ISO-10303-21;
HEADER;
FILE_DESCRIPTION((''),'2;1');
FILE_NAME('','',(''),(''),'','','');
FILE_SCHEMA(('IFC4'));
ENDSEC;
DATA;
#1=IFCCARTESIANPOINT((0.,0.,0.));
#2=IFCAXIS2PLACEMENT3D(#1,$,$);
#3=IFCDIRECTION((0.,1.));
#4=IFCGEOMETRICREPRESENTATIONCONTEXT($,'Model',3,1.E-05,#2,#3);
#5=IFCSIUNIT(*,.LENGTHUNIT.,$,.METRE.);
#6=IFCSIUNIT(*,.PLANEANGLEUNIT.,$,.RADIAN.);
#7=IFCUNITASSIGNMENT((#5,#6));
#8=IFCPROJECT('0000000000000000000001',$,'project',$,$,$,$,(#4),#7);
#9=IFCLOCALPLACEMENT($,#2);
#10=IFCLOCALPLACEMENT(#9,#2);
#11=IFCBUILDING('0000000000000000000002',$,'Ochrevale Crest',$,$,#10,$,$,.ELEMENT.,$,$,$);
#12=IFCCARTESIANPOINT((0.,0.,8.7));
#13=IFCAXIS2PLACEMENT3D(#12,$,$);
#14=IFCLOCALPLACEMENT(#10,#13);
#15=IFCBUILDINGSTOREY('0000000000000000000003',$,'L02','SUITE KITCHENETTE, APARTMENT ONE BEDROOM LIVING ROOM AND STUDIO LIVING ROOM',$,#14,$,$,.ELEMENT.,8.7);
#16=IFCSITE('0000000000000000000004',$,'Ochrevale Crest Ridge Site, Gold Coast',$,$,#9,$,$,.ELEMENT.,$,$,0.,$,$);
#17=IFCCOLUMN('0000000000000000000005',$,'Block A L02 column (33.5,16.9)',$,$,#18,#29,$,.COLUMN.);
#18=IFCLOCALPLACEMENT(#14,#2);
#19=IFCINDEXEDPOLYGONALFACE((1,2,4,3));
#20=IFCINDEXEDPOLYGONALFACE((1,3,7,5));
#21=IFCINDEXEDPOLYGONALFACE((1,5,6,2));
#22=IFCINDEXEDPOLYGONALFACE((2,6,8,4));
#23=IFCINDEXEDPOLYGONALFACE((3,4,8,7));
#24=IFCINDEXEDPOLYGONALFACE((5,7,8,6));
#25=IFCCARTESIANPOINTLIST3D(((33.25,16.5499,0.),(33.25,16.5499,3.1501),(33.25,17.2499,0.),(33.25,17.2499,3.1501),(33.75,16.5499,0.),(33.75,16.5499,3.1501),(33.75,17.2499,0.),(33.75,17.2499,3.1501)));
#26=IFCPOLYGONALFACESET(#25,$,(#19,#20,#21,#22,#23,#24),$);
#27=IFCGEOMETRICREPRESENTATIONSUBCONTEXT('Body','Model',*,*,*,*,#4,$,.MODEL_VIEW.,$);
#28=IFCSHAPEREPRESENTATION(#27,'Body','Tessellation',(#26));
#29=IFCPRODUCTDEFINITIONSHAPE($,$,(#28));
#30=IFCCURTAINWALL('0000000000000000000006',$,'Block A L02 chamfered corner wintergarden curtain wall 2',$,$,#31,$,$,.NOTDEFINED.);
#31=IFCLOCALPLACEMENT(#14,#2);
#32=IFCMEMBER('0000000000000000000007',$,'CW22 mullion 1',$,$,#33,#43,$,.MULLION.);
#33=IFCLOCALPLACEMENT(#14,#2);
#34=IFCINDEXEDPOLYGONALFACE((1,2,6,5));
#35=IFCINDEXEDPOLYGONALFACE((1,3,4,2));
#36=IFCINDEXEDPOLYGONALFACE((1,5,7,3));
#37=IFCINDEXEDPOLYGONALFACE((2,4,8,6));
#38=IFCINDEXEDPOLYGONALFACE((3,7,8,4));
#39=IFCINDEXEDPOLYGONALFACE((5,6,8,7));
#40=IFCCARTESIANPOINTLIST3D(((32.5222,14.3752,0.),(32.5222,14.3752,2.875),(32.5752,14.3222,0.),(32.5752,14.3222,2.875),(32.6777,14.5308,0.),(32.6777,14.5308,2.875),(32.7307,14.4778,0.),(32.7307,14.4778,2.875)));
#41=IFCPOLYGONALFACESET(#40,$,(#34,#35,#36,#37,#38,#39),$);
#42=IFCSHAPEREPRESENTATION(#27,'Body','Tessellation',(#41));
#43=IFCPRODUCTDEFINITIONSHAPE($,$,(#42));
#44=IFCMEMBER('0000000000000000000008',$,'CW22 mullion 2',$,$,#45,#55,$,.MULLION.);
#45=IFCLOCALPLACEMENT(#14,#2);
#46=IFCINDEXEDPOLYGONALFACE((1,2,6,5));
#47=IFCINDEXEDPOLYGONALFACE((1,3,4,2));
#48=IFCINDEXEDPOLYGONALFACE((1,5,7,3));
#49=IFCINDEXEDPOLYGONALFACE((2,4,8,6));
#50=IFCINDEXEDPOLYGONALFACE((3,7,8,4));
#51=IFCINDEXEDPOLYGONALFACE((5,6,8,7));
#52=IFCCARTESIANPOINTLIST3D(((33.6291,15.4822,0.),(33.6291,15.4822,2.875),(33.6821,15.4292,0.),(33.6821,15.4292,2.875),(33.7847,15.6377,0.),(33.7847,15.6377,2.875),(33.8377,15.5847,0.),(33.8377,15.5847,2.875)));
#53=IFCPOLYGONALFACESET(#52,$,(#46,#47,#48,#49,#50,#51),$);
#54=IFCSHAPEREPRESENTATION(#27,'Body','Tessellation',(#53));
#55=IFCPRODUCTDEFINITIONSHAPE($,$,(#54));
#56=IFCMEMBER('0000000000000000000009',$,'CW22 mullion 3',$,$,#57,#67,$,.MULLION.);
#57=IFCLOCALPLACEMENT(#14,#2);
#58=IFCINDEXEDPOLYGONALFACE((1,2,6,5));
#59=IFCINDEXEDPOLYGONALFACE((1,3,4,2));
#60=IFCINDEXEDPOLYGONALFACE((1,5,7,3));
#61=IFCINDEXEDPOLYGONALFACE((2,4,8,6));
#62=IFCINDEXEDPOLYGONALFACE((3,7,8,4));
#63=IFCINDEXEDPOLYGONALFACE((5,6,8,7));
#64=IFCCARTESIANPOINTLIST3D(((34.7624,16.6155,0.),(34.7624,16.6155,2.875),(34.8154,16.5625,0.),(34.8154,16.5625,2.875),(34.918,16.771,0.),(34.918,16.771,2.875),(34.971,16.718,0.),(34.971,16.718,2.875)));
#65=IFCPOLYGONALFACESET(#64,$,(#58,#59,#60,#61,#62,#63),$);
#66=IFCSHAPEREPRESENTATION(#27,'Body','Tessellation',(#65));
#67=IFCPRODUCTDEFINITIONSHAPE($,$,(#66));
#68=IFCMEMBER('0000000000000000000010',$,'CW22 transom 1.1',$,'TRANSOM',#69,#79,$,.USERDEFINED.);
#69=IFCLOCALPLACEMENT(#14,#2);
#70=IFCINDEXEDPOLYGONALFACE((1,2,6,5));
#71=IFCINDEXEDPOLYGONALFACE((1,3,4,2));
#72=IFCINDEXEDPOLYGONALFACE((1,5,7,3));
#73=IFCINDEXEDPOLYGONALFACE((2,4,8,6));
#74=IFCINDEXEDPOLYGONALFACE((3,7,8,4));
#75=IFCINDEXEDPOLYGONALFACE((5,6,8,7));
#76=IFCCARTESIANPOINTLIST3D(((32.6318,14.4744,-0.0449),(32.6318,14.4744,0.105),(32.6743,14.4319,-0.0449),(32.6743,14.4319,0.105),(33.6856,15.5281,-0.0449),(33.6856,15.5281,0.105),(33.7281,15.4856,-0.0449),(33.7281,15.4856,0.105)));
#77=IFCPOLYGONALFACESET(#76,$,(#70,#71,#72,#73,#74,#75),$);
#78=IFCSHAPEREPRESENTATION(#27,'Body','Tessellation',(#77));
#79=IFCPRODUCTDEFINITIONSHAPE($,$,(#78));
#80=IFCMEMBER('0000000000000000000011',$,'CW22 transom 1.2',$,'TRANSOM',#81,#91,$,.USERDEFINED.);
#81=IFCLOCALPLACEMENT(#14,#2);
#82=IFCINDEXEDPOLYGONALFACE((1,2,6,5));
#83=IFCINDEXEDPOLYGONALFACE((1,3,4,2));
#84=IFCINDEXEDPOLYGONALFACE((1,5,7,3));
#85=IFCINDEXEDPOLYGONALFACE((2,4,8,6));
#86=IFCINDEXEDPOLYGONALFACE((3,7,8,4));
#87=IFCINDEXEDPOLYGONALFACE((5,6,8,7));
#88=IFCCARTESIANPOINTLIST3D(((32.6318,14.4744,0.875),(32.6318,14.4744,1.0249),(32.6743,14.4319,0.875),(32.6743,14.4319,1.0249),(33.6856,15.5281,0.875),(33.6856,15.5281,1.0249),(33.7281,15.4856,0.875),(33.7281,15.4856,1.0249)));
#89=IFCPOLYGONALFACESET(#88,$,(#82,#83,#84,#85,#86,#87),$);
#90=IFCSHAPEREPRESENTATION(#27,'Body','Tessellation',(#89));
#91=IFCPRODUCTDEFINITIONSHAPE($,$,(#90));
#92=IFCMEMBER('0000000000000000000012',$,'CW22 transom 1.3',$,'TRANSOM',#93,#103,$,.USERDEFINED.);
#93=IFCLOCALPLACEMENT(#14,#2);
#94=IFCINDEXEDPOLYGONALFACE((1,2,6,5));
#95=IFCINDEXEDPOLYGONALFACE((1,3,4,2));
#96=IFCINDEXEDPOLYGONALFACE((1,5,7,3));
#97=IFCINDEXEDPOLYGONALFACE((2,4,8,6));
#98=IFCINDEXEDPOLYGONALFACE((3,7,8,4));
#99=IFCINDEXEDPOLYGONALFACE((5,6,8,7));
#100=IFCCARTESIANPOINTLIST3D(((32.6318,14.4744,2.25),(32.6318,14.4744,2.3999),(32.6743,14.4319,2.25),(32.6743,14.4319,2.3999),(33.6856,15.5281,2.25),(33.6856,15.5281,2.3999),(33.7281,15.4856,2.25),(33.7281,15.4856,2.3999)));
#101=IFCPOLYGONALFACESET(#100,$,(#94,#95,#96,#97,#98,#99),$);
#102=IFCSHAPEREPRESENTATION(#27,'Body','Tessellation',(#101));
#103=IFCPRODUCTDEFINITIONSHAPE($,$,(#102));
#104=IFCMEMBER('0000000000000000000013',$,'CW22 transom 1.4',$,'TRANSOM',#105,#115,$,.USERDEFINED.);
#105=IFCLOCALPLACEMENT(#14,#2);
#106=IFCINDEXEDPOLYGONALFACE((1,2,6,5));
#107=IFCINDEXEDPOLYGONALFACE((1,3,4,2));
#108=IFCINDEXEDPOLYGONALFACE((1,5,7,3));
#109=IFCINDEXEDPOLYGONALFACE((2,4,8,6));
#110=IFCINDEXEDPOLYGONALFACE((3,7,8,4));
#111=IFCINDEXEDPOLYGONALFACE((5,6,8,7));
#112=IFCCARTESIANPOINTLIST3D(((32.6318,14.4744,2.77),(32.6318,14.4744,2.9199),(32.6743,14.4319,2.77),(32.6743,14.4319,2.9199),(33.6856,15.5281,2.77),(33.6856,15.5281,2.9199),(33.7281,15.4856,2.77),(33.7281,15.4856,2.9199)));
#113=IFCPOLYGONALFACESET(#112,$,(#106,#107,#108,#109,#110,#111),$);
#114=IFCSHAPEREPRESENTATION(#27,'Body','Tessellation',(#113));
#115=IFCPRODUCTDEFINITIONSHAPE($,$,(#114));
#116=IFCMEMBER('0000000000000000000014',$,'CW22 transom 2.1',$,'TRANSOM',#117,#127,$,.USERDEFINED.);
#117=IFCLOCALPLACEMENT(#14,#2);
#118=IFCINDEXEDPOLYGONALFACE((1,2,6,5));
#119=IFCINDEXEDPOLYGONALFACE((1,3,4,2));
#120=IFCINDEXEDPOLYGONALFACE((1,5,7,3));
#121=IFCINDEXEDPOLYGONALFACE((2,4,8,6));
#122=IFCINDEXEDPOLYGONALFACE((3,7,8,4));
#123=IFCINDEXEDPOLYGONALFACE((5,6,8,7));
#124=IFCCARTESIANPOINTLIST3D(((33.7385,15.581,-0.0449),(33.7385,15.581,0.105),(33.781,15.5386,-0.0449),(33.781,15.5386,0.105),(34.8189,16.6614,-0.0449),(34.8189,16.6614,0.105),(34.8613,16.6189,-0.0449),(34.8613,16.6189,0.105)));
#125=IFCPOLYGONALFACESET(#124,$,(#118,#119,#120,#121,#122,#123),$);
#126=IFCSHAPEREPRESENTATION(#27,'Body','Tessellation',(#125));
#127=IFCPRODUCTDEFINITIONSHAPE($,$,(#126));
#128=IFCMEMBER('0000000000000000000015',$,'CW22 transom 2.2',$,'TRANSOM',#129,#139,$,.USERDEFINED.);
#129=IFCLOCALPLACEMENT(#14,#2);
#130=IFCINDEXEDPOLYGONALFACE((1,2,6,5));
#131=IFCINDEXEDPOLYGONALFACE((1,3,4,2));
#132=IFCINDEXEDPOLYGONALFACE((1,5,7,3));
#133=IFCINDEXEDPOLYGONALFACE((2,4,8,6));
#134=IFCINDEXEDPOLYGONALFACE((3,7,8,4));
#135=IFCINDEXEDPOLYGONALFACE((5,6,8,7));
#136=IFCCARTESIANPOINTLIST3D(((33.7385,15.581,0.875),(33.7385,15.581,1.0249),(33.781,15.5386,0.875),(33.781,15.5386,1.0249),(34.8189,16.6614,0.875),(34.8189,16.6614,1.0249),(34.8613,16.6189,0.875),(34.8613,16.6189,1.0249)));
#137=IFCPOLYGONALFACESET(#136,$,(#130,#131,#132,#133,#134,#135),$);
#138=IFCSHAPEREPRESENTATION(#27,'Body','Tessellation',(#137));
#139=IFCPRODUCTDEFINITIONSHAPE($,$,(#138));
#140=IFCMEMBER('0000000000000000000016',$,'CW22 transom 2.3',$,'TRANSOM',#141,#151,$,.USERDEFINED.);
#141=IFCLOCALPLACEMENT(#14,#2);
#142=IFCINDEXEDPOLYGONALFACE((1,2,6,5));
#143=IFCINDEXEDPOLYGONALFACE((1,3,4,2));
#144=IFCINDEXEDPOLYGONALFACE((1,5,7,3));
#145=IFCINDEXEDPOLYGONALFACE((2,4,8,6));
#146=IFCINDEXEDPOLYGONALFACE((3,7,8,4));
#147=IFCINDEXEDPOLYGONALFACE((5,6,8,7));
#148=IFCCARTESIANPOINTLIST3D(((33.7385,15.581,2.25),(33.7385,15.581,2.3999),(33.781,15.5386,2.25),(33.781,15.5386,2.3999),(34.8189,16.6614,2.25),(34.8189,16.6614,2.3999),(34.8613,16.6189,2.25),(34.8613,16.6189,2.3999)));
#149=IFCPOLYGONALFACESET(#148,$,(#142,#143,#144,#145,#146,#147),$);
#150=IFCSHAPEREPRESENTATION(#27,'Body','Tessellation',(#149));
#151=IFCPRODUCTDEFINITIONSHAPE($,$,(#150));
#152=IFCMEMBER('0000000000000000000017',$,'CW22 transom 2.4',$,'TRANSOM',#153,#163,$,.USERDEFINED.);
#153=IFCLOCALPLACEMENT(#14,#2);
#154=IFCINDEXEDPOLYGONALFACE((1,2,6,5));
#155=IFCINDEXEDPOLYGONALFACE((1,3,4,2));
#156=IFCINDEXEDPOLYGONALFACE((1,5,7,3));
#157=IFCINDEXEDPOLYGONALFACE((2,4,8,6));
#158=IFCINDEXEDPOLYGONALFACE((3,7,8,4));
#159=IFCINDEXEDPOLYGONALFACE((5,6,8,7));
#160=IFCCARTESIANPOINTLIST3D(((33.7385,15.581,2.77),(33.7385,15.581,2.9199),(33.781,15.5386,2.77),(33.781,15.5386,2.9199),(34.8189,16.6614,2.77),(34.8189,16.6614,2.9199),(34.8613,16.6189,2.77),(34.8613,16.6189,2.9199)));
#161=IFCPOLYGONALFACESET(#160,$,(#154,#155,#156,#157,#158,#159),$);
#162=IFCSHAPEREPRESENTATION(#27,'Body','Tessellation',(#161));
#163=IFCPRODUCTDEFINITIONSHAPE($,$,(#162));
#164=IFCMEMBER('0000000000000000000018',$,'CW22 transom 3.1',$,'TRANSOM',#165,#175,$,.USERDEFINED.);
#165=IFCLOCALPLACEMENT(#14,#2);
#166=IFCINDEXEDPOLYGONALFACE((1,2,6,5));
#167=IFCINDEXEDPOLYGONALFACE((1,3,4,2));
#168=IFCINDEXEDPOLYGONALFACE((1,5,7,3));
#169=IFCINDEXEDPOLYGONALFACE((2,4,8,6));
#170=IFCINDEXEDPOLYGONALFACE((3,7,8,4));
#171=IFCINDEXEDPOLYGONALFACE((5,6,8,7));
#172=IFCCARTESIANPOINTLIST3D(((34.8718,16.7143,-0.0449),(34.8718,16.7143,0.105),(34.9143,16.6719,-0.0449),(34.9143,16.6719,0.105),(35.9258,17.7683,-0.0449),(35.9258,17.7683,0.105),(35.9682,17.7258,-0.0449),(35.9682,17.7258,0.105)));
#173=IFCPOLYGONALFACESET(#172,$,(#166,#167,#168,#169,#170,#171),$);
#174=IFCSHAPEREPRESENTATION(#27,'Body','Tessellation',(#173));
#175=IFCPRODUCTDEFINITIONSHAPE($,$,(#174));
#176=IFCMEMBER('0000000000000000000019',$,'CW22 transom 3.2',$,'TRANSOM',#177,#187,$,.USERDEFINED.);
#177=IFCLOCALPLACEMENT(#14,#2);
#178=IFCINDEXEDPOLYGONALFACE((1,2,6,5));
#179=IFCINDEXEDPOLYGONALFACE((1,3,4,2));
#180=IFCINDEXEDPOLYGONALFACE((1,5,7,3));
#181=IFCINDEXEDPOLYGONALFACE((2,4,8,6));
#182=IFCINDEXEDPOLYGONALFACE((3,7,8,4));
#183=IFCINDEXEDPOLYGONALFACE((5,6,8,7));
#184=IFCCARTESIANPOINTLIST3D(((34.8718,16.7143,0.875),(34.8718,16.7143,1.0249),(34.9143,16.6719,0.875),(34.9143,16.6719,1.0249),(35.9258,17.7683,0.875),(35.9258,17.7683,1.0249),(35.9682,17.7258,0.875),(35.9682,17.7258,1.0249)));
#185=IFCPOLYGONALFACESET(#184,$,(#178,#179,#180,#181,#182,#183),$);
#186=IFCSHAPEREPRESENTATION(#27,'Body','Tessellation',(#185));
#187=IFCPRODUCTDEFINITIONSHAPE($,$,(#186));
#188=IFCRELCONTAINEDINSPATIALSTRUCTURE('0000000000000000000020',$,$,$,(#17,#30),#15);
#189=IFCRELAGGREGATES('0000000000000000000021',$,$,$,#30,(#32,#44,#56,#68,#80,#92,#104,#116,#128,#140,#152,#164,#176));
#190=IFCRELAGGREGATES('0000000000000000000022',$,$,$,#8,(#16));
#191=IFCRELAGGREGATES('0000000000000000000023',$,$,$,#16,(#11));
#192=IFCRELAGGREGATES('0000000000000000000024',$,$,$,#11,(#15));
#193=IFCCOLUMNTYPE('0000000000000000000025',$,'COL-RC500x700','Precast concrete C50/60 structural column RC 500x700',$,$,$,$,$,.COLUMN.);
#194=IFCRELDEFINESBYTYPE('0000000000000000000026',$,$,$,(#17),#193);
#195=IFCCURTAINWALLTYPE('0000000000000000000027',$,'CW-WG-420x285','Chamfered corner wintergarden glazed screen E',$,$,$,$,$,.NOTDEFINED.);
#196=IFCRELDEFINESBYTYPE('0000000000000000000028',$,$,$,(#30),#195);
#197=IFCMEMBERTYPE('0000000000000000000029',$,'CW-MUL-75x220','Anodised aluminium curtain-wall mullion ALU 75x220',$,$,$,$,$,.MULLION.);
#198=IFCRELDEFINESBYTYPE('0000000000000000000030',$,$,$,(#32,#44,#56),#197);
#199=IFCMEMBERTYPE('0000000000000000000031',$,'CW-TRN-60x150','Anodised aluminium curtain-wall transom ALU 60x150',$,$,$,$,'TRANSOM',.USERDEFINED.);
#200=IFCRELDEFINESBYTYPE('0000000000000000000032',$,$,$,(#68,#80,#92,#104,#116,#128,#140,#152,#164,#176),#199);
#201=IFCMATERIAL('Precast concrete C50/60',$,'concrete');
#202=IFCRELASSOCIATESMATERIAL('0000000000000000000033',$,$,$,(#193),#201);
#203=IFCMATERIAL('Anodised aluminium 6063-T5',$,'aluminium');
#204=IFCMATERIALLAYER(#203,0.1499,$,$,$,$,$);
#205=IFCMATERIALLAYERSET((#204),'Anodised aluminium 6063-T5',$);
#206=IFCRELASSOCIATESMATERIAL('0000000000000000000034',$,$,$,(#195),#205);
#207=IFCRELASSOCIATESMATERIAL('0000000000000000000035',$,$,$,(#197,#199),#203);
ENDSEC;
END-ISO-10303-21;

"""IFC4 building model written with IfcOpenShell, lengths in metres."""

from ifc_helpers import new_model, si_unit, direction, frame, origin, origin_2d, place, context, subcontext, project, spatial, rectangle, extrude, material, layer, layer_set, material_profile, profile_set, type_object, element, aggregate, save


model = new_model("IFC4")

# Units and contexts
model_context = context("Model", 3, precision=1e-05, world=origin(), true_north=direction((0.0, 1.0)))
body_context = subcontext(model_context, "Body", "Model", "MODEL_VIEW")
ifc_project = project(units=[si_unit("LENGTHUNIT", "METRE"), si_unit("PLANEANGLEUNIT", "RADIAN")], contexts=[model_context])

# Site, building, storey
site_placement = place(None, origin())
site = spatial("IfcSite", under=ifc_project, at=site_placement, Name="Ochrevale Crest Ridge Site, Gold Coast", CompositionType="ELEMENT", RefElevation=0.0)
building_placement = place(site_placement, origin())
building = spatial("IfcBuilding", under=site, at=building_placement, Name="Ochrevale Crest", CompositionType="ELEMENT")
storey_placement = place(building_placement, frame((0.0, 0.0, 8.7)))
storey = spatial("IfcBuildingStorey", under=building, at=storey_placement, Name="L02", Description="SUITE KITCHENETTE, APARTMENT ONE BEDROOM LIVING ROOM AND STUDIO LIVING ROOM", CompositionType="ELEMENT", Elevation=8.7)

# Column
ifc_material_1 = material(Name="Precast concrete C50/60", Category="concrete")
ifc_material_profile_1 = material_profile(ifc_material_1, rectangle(XDim=0.5, YDim=0.7, at=origin_2d()), Name="RC 500x700")
ifc_profile_set_1 = profile_set([ifc_material_profile_1], Name="Precast concrete C50/60")
column_type = type_object("IfcColumnType", Name="COL-RC500x700", Description="Precast concrete C50/60 structural column RC 500x700", PredefinedType="COLUMN", material=ifc_profile_set_1)
column_placement = place(storey_placement, frame((33.5, 16.8999, 0.0), z_axis=(0.0, 0.0, 1.0), x_axis=(1.0, 0.0, 0.0)))
element("IfcColumn", 1, at=column_placement, inside=storey, type_object=column_type, Name="Block A L02 column (33.5,16.9)", PredefinedType="COLUMN", context=body_context, shape_type="SweptSolid", body=[
    extrude(rectangle(XDim=0.5, YDim=0.7, at=origin_2d()), origin(), (0.0, 0.0, 1.0), 3.1501),
])

# Curtain wall, members
ifc_material_2 = material(Name="Anodised aluminium 6063-T5", Category="aluminium")
ifc_layer_1 = layer(ifc_material_2, 0.1499)
ifc_layer_set_1 = layer_set([ifc_layer_1], Name="Anodised aluminium 6063-T5")
curtain_wall_type = type_object("IfcCurtainWallType", Name="CW-WG-420x285", Description="Chamfered corner wintergarden glazed screen E", PredefinedType="NOTDEFINED", material=ifc_layer_set_1)
curtain_wall_placement = place(storey_placement, origin())
curtain_wall = element("IfcCurtainWall", 2, at=curtain_wall_placement, inside=storey, type_object=curtain_wall_type, Name="Block A L02 chamfered corner wintergarden curtain wall 2", PredefinedType="NOTDEFINED")
ifc_material_profile_2 = material_profile(ifc_material_2, rectangle(XDim=0.075, YDim=0.22, at=origin_2d()), Name="ALU 75x220")
ifc_profile_set_2 = profile_set([ifc_material_profile_2], Name="Anodised aluminium 6063-T5")
member_type_1 = type_object("IfcMemberType", Name="CW-MUL-75x220", Description="Anodised aluminium curtain-wall mullion ALU 75x220", PredefinedType="MULLION", material=ifc_profile_set_2)
member_1_placement = place(storey_placement, frame((32.6265, 14.4265, 0.0), z_axis=(0.0, 0.0, 1.0), x_axis=(-0.707107, 0.707107, 0.0)))
member_1 = element("IfcMember", 3, at=member_1_placement, type_object=member_type_1, Name="CW22 mullion 1", PredefinedType="MULLION", context=body_context, shape_type="SweptSolid", body=[
    extrude(rectangle(XDim=0.075, YDim=0.22, at=origin_2d()), origin(), (0.0, 0.0, 1.0), 2.875),
])
member_2_placement = place(storey_placement, frame((33.7334, 15.5334, 0.0), z_axis=(0.0, 0.0, 1.0), x_axis=(-0.707107, 0.707107, 0.0)))
member_2 = element("IfcMember", 4, at=member_2_placement, type_object=member_type_1, Name="CW22 mullion 2", PredefinedType="MULLION", context=body_context, shape_type="SweptSolid", body=[
    extrude(rectangle(XDim=0.075, YDim=0.22, at=origin_2d()), origin(), (0.0, 0.0, 1.0), 2.875),
])
member_3_placement = place(storey_placement, frame((34.8667, 16.6667, 0.0), z_axis=(0.0, 0.0, 1.0), x_axis=(-0.707107, 0.707107, 0.0)))
member_3 = element("IfcMember", 5, at=member_3_placement, type_object=member_type_1, Name="CW22 mullion 3", PredefinedType="MULLION", context=body_context, shape_type="SweptSolid", body=[
    extrude(rectangle(XDim=0.075, YDim=0.22, at=origin_2d()), origin(), (0.0, 0.0, 1.0), 2.875),
])
ifc_material_profile_3 = material_profile(ifc_material_2, rectangle(XDim=0.0601, YDim=0.1499, at=origin_2d()), Name="ALU 60x150")
ifc_profile_set_3 = profile_set([ifc_material_profile_3], Name="Anodised aluminium 6063-T5")
member_type_2 = type_object("IfcMemberType", Name="CW-TRN-60x150", Description="Anodised aluminium curtain-wall transom ALU 60x150", ElementType="TRANSOM", PredefinedType="USERDEFINED", material=ifc_profile_set_3)
member_4_placement = place(storey_placement, frame((32.6531, 14.4531, 0.03), z_axis=(0.707107, 0.707107, 0.0), x_axis=(-0.707107, 0.707107, 0.0)))
member_4 = element("IfcMember", 6, at=member_4_placement, type_object=member_type_2, Name="CW22 transom 1.1", ObjectType="TRANSOM", PredefinedType="USERDEFINED", context=body_context, shape_type="SweptSolid", body=[
    extrude(rectangle(XDim=0.0601, YDim=0.1499, at=origin_2d()), origin(), (0.0, 0.0, 1.0), 1.4902),
])
member_5_placement = place(storey_placement, frame((32.6531, 14.4531, 0.95), z_axis=(0.707107, 0.707107, 0.0), x_axis=(-0.707107, 0.707107, 0.0)))
member_5 = element("IfcMember", 7, at=member_5_placement, type_object=member_type_2, Name="CW22 transom 1.2", ObjectType="TRANSOM", PredefinedType="USERDEFINED", context=body_context, shape_type="SweptSolid", body=[
    extrude(rectangle(XDim=0.0601, YDim=0.1499, at=origin_2d()), origin(), (0.0, 0.0, 1.0), 1.4902),
])
member_6_placement = place(storey_placement, frame((32.6531, 14.4531, 2.325), z_axis=(0.707107, 0.707107, 0.0), x_axis=(-0.707107, 0.707107, 0.0)))
member_6 = element("IfcMember", 8, at=member_6_placement, type_object=member_type_2, Name="CW22 transom 1.3", ObjectType="TRANSOM", PredefinedType="USERDEFINED", context=body_context, shape_type="SweptSolid", body=[
    extrude(rectangle(XDim=0.0601, YDim=0.1499, at=origin_2d()), origin(), (0.0, 0.0, 1.0), 1.4902),
])
member_7_placement = place(storey_placement, frame((32.6531, 14.4531, 2.845), z_axis=(0.707107, 0.707107, 0.0), x_axis=(-0.707107, 0.707107, 0.0)))
member_7 = element("IfcMember", 9, at=member_7_placement, type_object=member_type_2, Name="CW22 transom 1.4", ObjectType="TRANSOM", PredefinedType="USERDEFINED", context=body_context, shape_type="SweptSolid", body=[
    extrude(rectangle(XDim=0.0601, YDim=0.1499, at=origin_2d()), origin(), (0.0, 0.0, 1.0), 1.4902),
])
member_8_placement = place(storey_placement, frame((33.7598, 15.5598, 0.03), z_axis=(0.707107, 0.707107, 0.0), x_axis=(-0.707107, 0.707107, 0.0)))
member_8 = element("IfcMember", 10, at=member_8_placement, type_object=member_type_2, Name="CW22 transom 2.1", ObjectType="TRANSOM", PredefinedType="USERDEFINED", context=body_context, shape_type="SweptSolid", body=[
    extrude(rectangle(XDim=0.0601, YDim=0.1499, at=origin_2d()), origin(), (0.0, 0.0, 1.0), 1.5278),
])
member_9_placement = place(storey_placement, frame((33.7598, 15.5598, 0.95), z_axis=(0.707107, 0.707107, 0.0), x_axis=(-0.707107, 0.707107, 0.0)))
member_9 = element("IfcMember", 11, at=member_9_placement, type_object=member_type_2, Name="CW22 transom 2.2", ObjectType="TRANSOM", PredefinedType="USERDEFINED", context=body_context, shape_type="SweptSolid", body=[
    extrude(rectangle(XDim=0.0601, YDim=0.1499, at=origin_2d()), origin(), (0.0, 0.0, 1.0), 1.5278),
])
member_10_placement = place(storey_placement, frame((33.7598, 15.5598, 2.325), z_axis=(0.707107, 0.707107, 0.0), x_axis=(-0.707107, 0.707107, 0.0)))
member_10 = element("IfcMember", 12, at=member_10_placement, type_object=member_type_2, Name="CW22 transom 2.3", ObjectType="TRANSOM", PredefinedType="USERDEFINED", context=body_context, shape_type="SweptSolid", body=[
    extrude(rectangle(XDim=0.0601, YDim=0.1499, at=origin_2d()), origin(), (0.0, 0.0, 1.0), 1.5278),
])
member_11_placement = place(storey_placement, frame((33.7598, 15.5598, 2.845), z_axis=(0.707107, 0.707107, 0.0), x_axis=(-0.707107, 0.707107, 0.0)))
member_11 = element("IfcMember", 13, at=member_11_placement, type_object=member_type_2, Name="CW22 transom 2.4", ObjectType="TRANSOM", PredefinedType="USERDEFINED", context=body_context, shape_type="SweptSolid", body=[
    extrude(rectangle(XDim=0.0601, YDim=0.1499, at=origin_2d()), origin(), (0.0, 0.0, 1.0), 1.5278),
])
member_12_placement = place(storey_placement, frame((34.8931, 16.6931, 0.03), z_axis=(0.707107, 0.707107, 0.0), x_axis=(-0.707107, 0.707107, 0.0)))
member_12 = element("IfcMember", 14, at=member_12_placement, type_object=member_type_2, Name="CW22 transom 3.1", ObjectType="TRANSOM", PredefinedType="USERDEFINED", context=body_context, shape_type="SweptSolid", body=[
    extrude(rectangle(XDim=0.0601, YDim=0.1499, at=origin_2d()), origin(), (0.0, 0.0, 1.0), 1.4905),
])
member_13_placement = place(storey_placement, frame((34.8931, 16.6931, 0.95), z_axis=(0.707107, 0.707107, 0.0), x_axis=(-0.707107, 0.707107, 0.0)))
member_13 = element("IfcMember", 15, at=member_13_placement, type_object=member_type_2, Name="CW22 transom 3.2", ObjectType="TRANSOM", PredefinedType="USERDEFINED", context=body_context, shape_type="SweptSolid", body=[
    extrude(rectangle(XDim=0.0601, YDim=0.1499, at=origin_2d()), origin(), (0.0, 0.0, 1.0), 1.4905),
])
aggregate(curtain_wall, [member_1, member_2, member_3, member_4, member_5, member_6, member_7, member_8, member_9, member_10, member_11, member_12, member_13])

save(model, "model.ifc")
